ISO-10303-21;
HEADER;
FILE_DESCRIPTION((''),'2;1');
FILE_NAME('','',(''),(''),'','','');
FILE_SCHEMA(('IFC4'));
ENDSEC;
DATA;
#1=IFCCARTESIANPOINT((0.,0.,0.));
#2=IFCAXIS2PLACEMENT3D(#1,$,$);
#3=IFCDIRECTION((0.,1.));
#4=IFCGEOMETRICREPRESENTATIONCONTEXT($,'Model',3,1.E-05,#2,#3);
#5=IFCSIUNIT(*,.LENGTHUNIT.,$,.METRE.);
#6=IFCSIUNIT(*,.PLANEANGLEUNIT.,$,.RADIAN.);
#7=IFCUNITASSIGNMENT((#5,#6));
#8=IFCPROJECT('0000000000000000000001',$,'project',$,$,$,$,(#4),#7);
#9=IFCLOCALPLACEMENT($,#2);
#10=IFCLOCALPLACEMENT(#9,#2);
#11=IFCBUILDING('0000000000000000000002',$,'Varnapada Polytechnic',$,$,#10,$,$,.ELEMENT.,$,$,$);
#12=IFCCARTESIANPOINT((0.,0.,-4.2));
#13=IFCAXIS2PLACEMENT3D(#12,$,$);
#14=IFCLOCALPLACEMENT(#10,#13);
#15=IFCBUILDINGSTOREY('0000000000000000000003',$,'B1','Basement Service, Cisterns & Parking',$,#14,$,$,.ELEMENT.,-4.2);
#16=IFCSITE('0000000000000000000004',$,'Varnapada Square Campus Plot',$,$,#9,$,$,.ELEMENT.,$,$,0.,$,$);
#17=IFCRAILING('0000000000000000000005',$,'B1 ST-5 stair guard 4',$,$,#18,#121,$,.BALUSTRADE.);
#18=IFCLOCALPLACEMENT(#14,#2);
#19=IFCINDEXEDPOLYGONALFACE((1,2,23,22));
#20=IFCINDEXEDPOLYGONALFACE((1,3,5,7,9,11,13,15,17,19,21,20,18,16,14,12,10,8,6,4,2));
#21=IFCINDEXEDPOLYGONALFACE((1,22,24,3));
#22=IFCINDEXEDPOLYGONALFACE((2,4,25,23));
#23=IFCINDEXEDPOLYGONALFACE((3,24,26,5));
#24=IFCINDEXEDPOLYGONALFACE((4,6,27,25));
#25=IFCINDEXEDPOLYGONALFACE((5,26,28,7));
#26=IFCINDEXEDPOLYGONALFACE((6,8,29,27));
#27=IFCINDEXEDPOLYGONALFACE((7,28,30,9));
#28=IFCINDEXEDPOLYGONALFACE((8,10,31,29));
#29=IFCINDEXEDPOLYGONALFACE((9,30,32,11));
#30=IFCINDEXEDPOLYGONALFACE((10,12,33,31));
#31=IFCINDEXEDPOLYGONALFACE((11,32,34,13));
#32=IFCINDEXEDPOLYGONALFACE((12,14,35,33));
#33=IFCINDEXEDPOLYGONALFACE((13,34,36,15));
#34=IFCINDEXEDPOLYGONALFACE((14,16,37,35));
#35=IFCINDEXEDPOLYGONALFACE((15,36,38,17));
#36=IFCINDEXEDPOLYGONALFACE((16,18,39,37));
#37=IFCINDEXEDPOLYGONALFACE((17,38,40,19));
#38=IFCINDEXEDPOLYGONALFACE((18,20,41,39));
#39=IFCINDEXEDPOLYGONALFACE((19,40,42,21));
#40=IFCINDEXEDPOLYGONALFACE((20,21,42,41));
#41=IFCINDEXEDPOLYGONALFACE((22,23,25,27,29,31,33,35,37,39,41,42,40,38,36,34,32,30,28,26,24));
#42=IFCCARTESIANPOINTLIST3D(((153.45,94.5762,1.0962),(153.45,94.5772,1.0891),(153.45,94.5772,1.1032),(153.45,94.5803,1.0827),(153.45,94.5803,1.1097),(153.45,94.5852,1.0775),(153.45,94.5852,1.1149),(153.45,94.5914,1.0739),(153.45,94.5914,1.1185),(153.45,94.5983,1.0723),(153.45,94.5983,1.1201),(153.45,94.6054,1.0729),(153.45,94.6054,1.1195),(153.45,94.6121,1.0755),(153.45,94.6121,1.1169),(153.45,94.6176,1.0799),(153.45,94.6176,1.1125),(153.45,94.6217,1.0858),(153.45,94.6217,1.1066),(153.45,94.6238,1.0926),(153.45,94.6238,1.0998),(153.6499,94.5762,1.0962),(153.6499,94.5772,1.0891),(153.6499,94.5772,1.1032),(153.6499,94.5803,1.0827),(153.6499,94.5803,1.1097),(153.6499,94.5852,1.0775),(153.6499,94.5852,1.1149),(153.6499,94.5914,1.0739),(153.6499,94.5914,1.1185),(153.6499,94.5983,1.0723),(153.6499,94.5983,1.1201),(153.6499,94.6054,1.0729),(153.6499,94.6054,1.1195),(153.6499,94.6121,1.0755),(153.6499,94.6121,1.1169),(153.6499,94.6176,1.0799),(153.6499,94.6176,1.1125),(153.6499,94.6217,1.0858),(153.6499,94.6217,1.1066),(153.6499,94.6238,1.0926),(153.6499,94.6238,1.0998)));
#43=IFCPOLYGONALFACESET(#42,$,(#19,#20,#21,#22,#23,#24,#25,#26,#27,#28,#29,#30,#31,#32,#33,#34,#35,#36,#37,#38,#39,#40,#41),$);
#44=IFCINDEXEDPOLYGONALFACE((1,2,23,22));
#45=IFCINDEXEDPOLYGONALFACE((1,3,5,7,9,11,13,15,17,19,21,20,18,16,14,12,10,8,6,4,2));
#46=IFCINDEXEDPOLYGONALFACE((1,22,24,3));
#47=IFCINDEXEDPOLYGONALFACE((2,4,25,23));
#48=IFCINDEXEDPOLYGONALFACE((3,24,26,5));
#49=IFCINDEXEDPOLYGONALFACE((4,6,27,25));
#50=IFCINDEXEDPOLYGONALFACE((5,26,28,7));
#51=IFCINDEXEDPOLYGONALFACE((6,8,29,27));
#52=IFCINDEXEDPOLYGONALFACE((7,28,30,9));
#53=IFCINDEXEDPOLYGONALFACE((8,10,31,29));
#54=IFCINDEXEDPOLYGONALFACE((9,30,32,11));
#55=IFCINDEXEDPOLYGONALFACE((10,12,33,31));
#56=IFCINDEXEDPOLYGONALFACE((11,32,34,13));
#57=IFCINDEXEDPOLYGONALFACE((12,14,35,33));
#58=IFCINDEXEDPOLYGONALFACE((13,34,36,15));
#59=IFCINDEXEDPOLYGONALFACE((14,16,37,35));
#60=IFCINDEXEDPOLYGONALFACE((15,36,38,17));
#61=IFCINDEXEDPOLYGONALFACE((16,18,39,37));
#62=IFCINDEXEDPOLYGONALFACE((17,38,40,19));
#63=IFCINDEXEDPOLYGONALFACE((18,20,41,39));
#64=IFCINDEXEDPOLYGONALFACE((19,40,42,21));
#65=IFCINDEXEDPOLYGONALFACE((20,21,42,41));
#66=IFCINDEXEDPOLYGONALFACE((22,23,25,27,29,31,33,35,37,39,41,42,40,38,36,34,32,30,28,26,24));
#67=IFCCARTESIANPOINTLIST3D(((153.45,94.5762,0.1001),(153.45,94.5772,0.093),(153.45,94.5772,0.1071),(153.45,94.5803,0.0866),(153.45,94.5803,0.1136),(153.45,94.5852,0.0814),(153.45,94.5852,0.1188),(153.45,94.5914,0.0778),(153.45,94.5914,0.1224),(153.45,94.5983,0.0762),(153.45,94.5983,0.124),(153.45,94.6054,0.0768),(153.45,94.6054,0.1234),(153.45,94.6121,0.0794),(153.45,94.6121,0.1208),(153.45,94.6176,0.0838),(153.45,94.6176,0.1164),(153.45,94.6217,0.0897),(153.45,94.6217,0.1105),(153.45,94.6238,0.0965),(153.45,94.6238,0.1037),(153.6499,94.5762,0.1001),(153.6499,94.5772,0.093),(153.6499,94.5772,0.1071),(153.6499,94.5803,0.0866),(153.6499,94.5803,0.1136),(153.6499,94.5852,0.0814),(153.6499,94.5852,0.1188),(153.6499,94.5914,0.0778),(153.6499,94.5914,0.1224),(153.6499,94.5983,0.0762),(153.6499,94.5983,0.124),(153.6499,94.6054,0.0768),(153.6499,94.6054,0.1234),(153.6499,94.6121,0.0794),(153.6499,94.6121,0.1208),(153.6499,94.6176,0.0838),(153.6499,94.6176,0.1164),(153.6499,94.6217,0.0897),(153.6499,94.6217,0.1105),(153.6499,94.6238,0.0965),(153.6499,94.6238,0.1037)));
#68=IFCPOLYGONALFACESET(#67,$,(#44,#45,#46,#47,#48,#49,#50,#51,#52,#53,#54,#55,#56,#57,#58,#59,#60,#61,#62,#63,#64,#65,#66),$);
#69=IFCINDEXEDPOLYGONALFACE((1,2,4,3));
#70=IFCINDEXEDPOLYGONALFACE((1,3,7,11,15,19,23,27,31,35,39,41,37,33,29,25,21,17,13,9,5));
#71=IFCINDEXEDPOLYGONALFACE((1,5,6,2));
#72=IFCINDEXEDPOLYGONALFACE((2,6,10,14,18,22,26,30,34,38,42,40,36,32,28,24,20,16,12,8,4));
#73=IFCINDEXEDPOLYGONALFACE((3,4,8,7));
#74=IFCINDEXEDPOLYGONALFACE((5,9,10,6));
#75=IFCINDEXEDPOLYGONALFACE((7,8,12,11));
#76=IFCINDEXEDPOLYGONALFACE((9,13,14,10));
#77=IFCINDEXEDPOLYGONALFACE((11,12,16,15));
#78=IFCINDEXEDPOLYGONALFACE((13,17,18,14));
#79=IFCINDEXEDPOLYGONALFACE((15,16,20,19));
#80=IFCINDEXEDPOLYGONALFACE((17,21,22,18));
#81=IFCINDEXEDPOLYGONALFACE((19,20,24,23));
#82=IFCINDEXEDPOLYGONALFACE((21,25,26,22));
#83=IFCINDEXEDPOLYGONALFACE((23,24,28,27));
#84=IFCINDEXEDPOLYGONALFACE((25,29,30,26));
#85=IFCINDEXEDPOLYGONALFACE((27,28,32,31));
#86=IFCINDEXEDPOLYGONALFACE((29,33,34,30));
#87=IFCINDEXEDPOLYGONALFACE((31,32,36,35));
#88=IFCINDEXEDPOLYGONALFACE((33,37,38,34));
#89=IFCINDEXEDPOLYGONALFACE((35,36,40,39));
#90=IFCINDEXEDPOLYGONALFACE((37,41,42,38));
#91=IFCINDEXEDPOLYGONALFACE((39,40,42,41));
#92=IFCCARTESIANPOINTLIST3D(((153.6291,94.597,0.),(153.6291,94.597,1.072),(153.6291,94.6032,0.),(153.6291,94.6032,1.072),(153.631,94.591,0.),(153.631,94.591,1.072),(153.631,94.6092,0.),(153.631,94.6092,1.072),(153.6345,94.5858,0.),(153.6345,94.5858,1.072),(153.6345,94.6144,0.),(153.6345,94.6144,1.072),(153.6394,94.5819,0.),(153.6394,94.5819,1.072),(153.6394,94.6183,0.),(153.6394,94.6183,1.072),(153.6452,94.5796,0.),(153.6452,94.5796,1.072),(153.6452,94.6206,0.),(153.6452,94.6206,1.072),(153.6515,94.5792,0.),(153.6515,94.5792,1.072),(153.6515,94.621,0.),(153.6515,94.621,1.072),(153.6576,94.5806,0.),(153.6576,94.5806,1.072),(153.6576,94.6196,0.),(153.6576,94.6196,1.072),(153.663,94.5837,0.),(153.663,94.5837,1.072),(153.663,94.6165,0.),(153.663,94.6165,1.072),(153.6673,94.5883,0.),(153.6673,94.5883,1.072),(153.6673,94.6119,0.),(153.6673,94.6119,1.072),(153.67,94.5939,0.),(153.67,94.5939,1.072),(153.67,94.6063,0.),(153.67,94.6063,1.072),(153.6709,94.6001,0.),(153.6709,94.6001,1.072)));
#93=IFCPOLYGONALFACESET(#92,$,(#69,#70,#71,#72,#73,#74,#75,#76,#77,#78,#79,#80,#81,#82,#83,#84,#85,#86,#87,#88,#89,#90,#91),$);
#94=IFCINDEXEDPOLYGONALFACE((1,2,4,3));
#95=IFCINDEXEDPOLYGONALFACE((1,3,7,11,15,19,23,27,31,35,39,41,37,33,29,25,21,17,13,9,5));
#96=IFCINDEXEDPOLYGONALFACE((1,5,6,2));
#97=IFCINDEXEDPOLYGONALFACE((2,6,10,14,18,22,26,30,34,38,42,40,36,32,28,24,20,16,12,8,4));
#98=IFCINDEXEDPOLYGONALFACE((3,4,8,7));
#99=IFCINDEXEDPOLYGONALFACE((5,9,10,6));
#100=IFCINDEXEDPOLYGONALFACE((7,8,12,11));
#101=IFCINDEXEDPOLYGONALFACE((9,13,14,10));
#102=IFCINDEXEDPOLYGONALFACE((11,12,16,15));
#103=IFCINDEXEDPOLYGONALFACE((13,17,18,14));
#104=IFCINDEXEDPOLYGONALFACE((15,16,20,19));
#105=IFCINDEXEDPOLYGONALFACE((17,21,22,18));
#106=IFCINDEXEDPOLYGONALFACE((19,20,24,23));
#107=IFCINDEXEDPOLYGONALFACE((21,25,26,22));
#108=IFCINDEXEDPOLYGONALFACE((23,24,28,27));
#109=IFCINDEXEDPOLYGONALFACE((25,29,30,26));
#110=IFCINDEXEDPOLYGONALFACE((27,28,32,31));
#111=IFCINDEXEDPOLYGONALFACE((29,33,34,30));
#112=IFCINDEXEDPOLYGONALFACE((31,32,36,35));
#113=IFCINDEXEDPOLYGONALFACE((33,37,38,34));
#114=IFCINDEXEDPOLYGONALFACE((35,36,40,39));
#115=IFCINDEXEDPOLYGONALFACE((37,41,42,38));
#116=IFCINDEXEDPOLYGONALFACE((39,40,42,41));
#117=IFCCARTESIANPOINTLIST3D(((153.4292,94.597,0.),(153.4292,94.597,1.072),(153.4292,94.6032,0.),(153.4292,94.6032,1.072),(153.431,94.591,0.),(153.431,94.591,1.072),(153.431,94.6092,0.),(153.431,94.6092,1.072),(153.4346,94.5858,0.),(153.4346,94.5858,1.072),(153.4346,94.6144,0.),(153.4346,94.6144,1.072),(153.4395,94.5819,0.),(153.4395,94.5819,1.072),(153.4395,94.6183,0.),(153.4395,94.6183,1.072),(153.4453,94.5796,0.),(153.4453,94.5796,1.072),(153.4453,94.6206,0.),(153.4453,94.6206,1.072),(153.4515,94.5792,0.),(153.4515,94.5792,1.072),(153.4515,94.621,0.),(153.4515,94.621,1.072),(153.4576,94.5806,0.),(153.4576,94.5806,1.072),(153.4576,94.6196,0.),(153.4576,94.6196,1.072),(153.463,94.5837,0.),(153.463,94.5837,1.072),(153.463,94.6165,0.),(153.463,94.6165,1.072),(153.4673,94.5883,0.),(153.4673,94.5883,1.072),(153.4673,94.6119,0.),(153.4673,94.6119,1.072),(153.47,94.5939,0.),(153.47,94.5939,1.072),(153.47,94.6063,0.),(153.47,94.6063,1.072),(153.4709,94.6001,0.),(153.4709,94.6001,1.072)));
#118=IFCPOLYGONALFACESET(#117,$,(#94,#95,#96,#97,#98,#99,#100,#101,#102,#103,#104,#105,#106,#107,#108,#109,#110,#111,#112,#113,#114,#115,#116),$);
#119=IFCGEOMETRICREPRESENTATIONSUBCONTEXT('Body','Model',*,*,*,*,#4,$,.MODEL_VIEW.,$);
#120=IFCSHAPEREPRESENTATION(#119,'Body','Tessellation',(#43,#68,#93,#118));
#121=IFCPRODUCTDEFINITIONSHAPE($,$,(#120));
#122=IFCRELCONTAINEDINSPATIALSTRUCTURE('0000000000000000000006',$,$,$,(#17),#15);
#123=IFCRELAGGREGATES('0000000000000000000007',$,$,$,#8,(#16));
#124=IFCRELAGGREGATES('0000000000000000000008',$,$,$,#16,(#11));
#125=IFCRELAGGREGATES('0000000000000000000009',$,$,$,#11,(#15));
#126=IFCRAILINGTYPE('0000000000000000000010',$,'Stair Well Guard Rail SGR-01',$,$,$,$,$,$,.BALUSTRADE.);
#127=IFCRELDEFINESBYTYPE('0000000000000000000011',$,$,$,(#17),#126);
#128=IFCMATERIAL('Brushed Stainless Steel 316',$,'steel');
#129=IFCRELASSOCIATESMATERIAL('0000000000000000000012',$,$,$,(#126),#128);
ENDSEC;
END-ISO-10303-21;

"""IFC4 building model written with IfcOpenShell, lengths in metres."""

from ifc_helpers import new_model, si_unit, direction, frame, origin, origin_2d, place, context, subcontext, project, spatial, circle, extrude, material, type_object, element, save


model = new_model("IFC4")

# Units and contexts
model_context = context("Model", 3, precision=1e-05, world=origin(), true_north=direction((0.0, 1.0)))
body_context = subcontext(model_context, "Body", "Model", "MODEL_VIEW")
ifc_project = project(units=[si_unit("LENGTHUNIT", "METRE"), si_unit("PLANEANGLEUNIT", "RADIAN")], contexts=[model_context])

# Site, building, storey
site_placement = place(None, origin())
site = spatial("IfcSite", under=ifc_project, at=site_placement, Name="Varnapada Square Campus Plot", CompositionType="ELEMENT", RefElevation=0.0)
building_placement = place(site_placement, origin())
building = spatial("IfcBuilding", under=site, at=building_placement, Name="Varnapada Polytechnic", CompositionType="ELEMENT")
storey_placement = place(building_placement, frame((0.0, 0.0, -4.2)))
storey = spatial("IfcBuildingStorey", under=building, at=storey_placement, Name="B1", Description="Basement Service, Cisterns & Parking", CompositionType="ELEMENT", Elevation=-4.2)

# Shared definitions
ifc_material_1 = material(Name="Brushed Stainless Steel 316", Category="steel")

# Railing
railing_type_1 = type_object("IfcRailingType", Name="Stair Well Guard Rail SGR-01", PredefinedType="BALUSTRADE", material=ifc_material_1)
railing_1_placement = place(storey_placement, frame((153.6499, 94.6001, 0.0)))
element("IfcRailing", 1, at=railing_1_placement, inside=storey, type_object=railing_type_1, Name="B1 ST-5 stair guard 4", PredefinedType="BALUSTRADE", context=body_context, shape_type="SweptSolid", body=[
    extrude(circle(Radius=0.0239, at=origin_2d()), frame((0.0, 0.0, 1.0962), z_axis=(-1.0, 0.0, 0.0), x_axis=(0.0, -1.0, 0.0)), (0.0, 0.0, 1.0), 0.2),
    extrude(circle(Radius=0.0239, at=origin_2d()), frame((0.0, 0.0, 0.1001), z_axis=(-1.0, 0.0, 0.0), x_axis=(0.0, -1.0, 0.0)), (0.0, 0.0, 1.0), 0.2),
    extrude(circle(Radius=0.021, at=origin_2d()), origin(), (0.0, 0.0, 1.0), 1.072),
    extrude(circle(Radius=0.021, at=origin_2d()), frame((-0.2, 0.0, 0.0)), (0.0, 0.0, 1.0), 1.072),
])

save(model, "model.ifc")
